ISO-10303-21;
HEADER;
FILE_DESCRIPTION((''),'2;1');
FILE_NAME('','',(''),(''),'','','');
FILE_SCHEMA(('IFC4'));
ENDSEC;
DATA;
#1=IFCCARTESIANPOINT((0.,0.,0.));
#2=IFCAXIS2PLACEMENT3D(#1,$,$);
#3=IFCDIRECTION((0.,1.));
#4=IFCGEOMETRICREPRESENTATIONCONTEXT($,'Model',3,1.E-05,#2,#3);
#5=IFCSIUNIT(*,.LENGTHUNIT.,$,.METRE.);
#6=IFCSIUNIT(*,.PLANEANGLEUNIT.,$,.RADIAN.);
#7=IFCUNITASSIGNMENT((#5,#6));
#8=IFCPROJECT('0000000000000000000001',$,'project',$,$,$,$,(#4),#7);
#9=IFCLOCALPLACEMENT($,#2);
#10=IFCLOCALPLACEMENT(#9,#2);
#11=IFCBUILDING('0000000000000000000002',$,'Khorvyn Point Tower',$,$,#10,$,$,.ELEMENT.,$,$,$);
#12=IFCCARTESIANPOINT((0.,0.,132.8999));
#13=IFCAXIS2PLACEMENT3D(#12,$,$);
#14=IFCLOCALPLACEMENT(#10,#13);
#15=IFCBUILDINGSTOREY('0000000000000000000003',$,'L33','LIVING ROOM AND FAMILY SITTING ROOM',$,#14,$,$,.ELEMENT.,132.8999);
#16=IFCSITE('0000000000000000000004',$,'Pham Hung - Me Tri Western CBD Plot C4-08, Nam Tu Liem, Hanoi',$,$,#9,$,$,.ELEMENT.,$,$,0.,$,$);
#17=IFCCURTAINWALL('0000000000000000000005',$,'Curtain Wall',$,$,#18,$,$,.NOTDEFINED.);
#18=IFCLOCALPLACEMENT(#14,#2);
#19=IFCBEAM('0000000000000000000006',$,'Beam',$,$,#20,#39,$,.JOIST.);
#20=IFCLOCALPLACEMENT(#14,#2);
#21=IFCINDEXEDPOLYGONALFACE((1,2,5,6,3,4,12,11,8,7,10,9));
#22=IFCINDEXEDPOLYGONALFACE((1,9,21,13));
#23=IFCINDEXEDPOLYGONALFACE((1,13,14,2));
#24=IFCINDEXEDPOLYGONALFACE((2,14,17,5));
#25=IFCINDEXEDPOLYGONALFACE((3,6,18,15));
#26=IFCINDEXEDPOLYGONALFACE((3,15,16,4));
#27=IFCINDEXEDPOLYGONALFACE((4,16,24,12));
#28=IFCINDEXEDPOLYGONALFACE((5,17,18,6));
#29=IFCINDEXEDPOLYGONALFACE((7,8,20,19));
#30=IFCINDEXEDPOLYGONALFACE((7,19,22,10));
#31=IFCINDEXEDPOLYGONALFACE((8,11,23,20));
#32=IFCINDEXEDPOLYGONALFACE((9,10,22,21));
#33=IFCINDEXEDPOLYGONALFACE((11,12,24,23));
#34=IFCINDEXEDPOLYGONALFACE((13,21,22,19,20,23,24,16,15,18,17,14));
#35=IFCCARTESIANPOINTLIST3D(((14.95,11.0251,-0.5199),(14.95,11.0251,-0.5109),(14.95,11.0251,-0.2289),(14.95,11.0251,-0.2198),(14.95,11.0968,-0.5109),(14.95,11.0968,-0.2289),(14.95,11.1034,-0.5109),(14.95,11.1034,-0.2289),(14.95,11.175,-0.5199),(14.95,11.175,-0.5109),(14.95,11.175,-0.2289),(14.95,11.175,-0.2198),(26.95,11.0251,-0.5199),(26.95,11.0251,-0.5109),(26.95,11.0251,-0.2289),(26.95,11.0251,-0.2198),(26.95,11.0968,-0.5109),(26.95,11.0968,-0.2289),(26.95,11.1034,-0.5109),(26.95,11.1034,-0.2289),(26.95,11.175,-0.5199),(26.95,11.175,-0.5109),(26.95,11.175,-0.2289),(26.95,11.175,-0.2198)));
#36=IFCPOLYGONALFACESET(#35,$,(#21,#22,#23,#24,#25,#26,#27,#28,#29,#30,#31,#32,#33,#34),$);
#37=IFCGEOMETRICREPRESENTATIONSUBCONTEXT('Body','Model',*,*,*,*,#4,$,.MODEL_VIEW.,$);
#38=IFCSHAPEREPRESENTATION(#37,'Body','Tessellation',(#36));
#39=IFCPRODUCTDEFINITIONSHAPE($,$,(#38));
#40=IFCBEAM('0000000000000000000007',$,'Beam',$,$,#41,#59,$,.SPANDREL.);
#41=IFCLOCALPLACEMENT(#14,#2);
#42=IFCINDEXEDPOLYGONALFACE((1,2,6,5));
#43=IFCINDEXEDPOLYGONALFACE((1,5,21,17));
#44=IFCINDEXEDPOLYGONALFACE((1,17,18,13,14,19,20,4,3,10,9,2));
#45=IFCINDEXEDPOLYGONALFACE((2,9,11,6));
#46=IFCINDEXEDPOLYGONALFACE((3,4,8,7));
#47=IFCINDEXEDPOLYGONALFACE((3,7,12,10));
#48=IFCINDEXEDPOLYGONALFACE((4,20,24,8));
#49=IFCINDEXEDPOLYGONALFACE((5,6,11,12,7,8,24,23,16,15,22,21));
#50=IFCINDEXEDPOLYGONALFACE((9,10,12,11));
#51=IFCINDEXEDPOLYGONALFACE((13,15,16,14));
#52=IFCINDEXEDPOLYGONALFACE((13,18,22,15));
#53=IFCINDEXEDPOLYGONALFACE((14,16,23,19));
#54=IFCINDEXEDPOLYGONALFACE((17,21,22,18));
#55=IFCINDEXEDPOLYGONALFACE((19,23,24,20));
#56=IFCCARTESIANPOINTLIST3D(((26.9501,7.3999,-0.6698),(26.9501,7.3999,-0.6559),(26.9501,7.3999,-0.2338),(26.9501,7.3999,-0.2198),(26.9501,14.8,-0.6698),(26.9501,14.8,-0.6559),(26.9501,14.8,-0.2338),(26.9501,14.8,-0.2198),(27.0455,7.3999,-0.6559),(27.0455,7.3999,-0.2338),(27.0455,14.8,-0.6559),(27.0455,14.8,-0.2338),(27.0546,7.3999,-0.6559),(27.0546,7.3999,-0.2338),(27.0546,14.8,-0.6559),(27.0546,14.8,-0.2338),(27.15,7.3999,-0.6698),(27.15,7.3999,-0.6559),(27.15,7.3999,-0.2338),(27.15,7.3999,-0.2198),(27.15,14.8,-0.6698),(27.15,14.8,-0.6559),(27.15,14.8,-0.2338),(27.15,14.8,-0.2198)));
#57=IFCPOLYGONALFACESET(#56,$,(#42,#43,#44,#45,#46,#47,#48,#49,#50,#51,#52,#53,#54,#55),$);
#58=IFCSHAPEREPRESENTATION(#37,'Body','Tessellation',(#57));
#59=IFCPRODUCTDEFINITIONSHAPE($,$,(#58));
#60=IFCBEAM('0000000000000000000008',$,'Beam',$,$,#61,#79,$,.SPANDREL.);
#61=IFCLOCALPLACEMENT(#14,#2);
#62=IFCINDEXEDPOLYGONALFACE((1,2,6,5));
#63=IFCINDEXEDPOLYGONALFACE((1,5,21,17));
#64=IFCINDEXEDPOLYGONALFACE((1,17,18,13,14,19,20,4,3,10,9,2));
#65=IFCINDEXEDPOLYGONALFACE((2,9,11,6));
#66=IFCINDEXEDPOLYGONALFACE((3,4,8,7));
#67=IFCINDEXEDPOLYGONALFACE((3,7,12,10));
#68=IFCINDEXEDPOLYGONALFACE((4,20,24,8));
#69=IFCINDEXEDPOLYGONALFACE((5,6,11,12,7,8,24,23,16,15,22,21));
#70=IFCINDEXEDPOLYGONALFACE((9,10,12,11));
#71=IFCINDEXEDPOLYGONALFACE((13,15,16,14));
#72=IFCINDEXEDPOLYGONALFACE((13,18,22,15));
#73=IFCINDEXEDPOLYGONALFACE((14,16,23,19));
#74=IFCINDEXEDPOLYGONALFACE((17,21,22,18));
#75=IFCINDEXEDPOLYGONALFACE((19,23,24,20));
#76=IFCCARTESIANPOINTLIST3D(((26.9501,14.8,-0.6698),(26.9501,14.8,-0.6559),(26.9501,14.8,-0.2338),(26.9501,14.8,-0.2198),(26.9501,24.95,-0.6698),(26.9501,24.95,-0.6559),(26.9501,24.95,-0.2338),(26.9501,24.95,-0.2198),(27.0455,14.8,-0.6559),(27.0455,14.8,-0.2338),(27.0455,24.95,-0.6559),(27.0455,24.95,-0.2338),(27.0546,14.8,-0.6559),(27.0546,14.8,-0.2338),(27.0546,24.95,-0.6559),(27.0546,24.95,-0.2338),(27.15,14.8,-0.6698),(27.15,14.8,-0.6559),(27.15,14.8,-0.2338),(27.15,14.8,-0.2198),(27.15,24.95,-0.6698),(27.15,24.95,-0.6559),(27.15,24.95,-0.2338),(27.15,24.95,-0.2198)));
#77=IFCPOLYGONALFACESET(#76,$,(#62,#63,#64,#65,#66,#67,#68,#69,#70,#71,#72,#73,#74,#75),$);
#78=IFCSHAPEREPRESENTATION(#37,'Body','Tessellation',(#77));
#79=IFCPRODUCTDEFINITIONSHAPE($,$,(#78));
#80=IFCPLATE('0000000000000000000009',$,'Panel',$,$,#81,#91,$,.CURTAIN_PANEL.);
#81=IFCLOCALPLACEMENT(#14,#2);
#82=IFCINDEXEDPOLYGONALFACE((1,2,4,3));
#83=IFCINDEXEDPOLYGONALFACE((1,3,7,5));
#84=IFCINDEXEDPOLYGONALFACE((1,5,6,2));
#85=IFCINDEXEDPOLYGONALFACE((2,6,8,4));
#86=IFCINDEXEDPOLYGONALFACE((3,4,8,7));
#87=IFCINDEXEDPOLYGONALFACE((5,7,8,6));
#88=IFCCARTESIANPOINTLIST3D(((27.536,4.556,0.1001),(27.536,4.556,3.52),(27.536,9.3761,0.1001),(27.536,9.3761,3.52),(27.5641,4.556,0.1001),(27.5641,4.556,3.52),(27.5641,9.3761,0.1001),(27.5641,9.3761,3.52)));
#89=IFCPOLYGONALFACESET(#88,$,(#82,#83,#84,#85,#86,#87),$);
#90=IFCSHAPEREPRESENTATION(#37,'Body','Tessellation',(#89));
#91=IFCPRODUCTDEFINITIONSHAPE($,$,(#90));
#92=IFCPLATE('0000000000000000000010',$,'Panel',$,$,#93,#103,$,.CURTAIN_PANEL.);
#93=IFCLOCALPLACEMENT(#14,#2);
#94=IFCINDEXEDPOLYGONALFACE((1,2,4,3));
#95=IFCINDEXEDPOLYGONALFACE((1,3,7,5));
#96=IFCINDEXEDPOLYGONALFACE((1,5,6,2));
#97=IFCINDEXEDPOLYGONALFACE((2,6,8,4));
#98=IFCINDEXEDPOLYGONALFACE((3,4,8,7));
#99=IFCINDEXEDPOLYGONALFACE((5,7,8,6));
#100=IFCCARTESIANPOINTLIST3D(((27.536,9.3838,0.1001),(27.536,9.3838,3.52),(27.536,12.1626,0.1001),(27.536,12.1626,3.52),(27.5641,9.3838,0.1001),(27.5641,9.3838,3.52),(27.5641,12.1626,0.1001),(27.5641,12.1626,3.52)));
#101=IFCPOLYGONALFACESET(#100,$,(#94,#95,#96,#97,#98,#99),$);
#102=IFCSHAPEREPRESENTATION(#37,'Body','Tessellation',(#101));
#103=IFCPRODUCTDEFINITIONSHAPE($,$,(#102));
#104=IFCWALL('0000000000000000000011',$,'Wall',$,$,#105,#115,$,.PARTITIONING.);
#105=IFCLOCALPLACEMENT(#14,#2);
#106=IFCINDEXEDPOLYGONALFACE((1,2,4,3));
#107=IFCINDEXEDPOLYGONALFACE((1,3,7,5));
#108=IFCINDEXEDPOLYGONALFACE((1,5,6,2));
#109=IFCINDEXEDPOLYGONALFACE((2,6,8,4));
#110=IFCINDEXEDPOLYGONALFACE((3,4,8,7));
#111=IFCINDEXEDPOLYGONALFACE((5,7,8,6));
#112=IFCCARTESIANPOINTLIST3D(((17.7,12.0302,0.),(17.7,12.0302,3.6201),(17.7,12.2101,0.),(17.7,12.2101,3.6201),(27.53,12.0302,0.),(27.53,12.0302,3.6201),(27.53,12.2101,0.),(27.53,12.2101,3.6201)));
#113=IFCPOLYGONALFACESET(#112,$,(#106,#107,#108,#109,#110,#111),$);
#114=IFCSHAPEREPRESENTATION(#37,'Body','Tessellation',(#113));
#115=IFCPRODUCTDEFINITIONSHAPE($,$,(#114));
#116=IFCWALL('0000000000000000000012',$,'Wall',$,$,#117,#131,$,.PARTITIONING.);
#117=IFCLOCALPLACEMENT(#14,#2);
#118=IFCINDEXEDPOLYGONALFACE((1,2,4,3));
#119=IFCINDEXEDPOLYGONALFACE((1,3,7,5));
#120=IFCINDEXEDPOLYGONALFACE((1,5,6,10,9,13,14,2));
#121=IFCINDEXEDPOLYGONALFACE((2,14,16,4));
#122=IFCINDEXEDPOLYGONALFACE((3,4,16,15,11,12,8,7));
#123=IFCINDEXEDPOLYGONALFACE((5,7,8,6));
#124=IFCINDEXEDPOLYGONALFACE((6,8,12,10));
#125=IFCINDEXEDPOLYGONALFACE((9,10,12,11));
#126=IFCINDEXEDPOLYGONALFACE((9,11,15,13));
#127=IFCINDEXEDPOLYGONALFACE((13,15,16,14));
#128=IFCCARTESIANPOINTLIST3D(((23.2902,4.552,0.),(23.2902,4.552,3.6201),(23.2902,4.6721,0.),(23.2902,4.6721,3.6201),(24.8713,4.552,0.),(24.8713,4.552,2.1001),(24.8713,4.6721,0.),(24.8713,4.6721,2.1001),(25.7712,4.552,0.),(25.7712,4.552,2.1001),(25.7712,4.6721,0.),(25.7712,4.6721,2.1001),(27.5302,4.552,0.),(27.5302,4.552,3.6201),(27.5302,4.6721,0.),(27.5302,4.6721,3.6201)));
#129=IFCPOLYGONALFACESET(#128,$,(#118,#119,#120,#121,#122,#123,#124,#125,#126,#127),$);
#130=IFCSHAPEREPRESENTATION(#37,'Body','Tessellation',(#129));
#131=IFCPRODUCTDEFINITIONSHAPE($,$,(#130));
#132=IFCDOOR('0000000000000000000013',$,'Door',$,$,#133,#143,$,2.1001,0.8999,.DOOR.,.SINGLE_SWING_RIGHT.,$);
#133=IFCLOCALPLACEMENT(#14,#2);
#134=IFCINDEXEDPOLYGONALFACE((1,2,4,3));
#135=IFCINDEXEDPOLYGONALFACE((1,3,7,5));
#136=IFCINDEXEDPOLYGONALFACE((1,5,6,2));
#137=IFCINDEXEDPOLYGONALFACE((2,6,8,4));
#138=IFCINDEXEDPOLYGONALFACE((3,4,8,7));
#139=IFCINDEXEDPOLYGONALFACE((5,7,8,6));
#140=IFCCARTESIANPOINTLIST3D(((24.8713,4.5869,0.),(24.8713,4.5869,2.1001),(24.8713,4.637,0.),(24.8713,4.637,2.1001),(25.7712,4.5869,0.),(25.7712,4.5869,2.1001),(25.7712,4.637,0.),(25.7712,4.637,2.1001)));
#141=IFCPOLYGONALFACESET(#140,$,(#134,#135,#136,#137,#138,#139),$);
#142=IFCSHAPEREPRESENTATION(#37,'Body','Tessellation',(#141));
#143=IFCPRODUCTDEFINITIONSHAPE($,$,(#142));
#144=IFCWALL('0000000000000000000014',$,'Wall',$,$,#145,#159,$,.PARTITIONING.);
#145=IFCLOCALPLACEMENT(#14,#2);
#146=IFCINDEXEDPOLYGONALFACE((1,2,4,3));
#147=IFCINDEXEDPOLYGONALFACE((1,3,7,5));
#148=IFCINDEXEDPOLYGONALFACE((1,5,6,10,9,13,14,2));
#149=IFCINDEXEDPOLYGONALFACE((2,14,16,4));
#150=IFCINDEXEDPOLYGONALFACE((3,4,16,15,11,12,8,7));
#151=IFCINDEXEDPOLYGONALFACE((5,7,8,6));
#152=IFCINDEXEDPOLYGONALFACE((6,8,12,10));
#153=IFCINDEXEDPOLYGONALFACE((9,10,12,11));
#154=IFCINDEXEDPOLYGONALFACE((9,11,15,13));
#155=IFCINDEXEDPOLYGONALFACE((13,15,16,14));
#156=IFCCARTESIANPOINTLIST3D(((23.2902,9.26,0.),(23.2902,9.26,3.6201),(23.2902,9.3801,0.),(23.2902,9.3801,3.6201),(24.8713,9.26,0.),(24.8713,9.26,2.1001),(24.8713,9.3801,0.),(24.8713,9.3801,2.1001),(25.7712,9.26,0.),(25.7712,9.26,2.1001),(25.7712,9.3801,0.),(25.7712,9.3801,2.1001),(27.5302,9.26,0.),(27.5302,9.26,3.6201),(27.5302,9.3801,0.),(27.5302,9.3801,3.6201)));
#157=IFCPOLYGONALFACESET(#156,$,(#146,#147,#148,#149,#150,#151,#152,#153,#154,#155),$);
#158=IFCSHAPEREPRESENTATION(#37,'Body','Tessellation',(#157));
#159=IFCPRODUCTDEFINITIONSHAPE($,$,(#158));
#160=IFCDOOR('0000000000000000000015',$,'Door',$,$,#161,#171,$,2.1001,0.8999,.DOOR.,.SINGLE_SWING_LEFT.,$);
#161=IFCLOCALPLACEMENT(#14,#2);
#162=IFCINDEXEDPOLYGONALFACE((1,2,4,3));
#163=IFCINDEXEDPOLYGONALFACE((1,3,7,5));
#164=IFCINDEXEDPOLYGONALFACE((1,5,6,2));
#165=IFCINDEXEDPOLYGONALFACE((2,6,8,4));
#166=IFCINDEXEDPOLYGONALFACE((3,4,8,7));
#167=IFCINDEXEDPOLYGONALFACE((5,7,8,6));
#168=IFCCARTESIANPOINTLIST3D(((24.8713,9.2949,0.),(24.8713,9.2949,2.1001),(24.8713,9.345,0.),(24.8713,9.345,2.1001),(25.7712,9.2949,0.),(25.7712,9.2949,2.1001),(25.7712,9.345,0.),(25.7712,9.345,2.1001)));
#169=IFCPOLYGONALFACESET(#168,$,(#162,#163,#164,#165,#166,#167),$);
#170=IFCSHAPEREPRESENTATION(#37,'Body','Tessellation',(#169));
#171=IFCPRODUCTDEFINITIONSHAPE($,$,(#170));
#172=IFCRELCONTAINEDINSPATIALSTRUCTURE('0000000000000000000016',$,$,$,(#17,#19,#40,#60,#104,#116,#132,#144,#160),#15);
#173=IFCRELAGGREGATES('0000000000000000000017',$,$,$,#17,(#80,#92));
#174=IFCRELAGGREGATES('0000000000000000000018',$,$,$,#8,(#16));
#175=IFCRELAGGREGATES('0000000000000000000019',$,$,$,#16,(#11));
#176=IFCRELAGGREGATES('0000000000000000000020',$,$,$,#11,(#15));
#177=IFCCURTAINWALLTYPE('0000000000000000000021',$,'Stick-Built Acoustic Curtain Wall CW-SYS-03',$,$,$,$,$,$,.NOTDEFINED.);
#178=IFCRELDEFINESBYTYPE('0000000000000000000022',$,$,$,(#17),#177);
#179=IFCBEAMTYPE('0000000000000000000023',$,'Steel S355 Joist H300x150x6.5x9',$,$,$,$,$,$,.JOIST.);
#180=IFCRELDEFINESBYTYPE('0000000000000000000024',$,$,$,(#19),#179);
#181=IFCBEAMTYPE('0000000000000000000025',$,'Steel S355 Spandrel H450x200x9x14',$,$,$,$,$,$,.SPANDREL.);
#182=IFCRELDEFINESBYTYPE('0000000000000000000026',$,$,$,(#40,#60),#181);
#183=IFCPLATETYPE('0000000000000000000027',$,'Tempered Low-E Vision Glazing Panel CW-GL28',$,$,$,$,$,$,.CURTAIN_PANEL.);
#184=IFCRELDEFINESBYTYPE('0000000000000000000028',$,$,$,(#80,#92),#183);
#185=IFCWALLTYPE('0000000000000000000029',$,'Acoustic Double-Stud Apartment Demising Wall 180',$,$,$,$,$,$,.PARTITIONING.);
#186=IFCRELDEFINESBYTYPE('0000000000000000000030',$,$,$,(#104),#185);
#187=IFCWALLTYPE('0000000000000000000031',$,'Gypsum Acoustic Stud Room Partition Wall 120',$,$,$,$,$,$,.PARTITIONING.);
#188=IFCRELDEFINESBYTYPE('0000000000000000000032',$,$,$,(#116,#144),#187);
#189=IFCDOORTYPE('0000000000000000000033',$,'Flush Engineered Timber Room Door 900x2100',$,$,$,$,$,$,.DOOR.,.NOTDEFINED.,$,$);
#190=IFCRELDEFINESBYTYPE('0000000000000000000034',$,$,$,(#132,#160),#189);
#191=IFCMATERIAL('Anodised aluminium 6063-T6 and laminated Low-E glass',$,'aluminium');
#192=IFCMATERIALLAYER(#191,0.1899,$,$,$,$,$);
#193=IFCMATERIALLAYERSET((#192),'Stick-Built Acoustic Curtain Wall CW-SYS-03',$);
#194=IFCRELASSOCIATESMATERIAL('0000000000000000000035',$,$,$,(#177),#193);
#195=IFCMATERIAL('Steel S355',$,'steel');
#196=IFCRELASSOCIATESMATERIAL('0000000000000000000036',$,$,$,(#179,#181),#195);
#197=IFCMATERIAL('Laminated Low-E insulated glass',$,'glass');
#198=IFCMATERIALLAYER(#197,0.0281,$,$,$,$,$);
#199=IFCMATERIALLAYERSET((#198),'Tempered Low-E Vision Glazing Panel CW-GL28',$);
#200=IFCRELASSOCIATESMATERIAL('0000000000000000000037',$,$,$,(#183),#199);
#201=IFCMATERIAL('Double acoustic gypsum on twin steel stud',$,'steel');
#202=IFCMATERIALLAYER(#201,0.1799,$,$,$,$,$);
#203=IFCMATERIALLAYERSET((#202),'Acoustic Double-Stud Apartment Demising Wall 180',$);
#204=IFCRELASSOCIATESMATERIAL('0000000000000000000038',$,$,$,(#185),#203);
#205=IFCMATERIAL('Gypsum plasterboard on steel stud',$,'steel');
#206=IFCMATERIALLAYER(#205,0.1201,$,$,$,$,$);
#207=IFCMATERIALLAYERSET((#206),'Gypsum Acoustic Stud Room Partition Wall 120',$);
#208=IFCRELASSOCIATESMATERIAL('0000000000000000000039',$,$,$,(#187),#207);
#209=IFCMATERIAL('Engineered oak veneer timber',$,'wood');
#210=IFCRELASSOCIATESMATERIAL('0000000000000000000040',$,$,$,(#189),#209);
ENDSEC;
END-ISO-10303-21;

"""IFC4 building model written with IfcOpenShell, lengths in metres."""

from ifc_helpers import new_model, si_unit, direction, frame, frame_2d, origin, origin_2d, place, context, subcontext, project, spatial, rectangle, i_section, extrude, material, layer, layer_set, material_profile, profile_set, type_object, element, fill, aggregate, save


model = new_model("IFC4")

# Units and contexts
model_context = context("Model", 3, precision=1e-05, world=origin(), true_north=direction((0.0, 1.0)))
body_context = subcontext(model_context, "Body", "Model", "MODEL_VIEW")
ifc_project = project(units=[si_unit("LENGTHUNIT", "METRE"), si_unit("PLANEANGLEUNIT", "RADIAN")], contexts=[model_context])

# Site, building, storey
site_placement = place(None, origin())
site = spatial("IfcSite", under=ifc_project, at=site_placement, Name="Pham Hung - Me Tri Western CBD Plot C4-08, Nam Tu Liem, Hanoi", CompositionType="ELEMENT", RefElevation=0.0)
building_placement = place(site_placement, origin())
building = spatial("IfcBuilding", under=site, at=building_placement, Name="Khorvyn Point Tower", CompositionType="ELEMENT")
storey_placement = place(building_placement, frame((0.0, 0.0, 132.8999)))
storey = spatial("IfcBuildingStorey", under=building, at=storey_placement, Name="L33", Description="LIVING ROOM AND FAMILY SITTING ROOM", CompositionType="ELEMENT", Elevation=132.8999)

# Curtain wall
ifc_material_1 = material(Name="Anodised aluminium 6063-T6 and laminated Low-E glass", Category="aluminium")
ifc_layer_1 = layer(ifc_material_1, 0.1899)
ifc_layer_set_1 = layer_set([ifc_layer_1], Name="Stick-Built Acoustic Curtain Wall CW-SYS-03")
curtain_wall_type = type_object("IfcCurtainWallType", Name="Stick-Built Acoustic Curtain Wall CW-SYS-03", PredefinedType="NOTDEFINED", material=ifc_layer_set_1)
curtain_wall_placement = place(storey_placement, origin())
curtain_wall = element("IfcCurtainWall", 1, at=curtain_wall_placement, inside=storey, type_object=curtain_wall_type, Name="Curtain Wall", PredefinedType="NOTDEFINED")

# Beams
ifc_material_2 = material(Name="Steel S355", Category="steel")
ifc_material_profile_1 = material_profile(ifc_material_2, i_section(OverallWidth=0.1499, OverallDepth=0.3, WebThickness=0.0066, FlangeThickness=0.009, at=origin_2d()))
ifc_profile_set_1 = profile_set([ifc_material_profile_1], Name="Steel S355 H300x150x6.5x9")
beam_type_1 = type_object("IfcBeamType", Name="Steel S355 Joist H300x150x6.5x9", PredefinedType="JOIST", material=ifc_profile_set_1)
beam_1_placement = place(storey_placement, frame((14.95, 11.1001, -0.3699), z_axis=(1.0, 0.0, 0.0), x_axis=(0.0, 1.0, 0.0)))
element("IfcBeam", 2, at=beam_1_placement, inside=storey, type_object=beam_type_1, Name="Beam", PredefinedType="JOIST", context=body_context, shape_type="SweptSolid", body=[
    extrude(i_section(OverallWidth=0.1499, OverallDepth=0.3, WebThickness=0.0066, FlangeThickness=0.009, at=origin_2d()), origin(), (0.0, 0.0, 1.0), 12.0),
])
ifc_material_profile_2 = material_profile(ifc_material_2, i_section(OverallWidth=0.2, OverallDepth=0.45, WebThickness=0.009, FlangeThickness=0.0139, at=origin_2d()))
ifc_profile_set_2 = profile_set([ifc_material_profile_2], Name="Steel S355 H450x200x9x14")
beam_type_2 = type_object("IfcBeamType", Name="Steel S355 Spandrel H450x200x9x14", PredefinedType="SPANDREL", material=ifc_profile_set_2)
beam_2_placement = place(storey_placement, frame((27.05, 7.3999, -0.4448), z_axis=(0.0, 1.0, 0.0), x_axis=(-1.0, 0.0, 0.0)))
element("IfcBeam", 3, at=beam_2_placement, inside=storey, type_object=beam_type_2, Name="Beam", PredefinedType="SPANDREL", context=body_context, shape_type="SweptSolid", body=[
    extrude(i_section(OverallWidth=0.2, OverallDepth=0.45, WebThickness=0.009, FlangeThickness=0.0139, at=origin_2d()), origin(), (0.0, 0.0, 1.0), 7.4001),
])
beam_3_placement = place(storey_placement, frame((27.05, 14.8, -0.4448), z_axis=(0.0, 1.0, 0.0), x_axis=(-1.0, 0.0, 0.0)))
element("IfcBeam", 4, at=beam_3_placement, inside=storey, type_object=beam_type_2, Name="Beam", PredefinedType="SPANDREL", context=body_context, shape_type="SweptSolid", body=[
    extrude(i_section(OverallWidth=0.2, OverallDepth=0.45, WebThickness=0.009, FlangeThickness=0.0139, at=origin_2d()), origin(), (0.0, 0.0, 1.0), 10.1499),
])

# Plates
ifc_material_3 = material(Name="Laminated Low-E insulated glass", Category="glass")
ifc_layer_2 = layer(ifc_material_3, 0.0281)
ifc_layer_set_2 = layer_set([ifc_layer_2], Name="Tempered Low-E Vision Glazing Panel CW-GL28")
plate_type = type_object("IfcPlateType", Name="Tempered Low-E Vision Glazing Panel CW-GL28", PredefinedType="CURTAIN_PANEL", material=ifc_layer_set_2)
plate_1_placement = place(storey_placement, frame((27.55, 6.9661, 0.1001), z_axis=(0.0, 0.0, 1.0), x_axis=(0.0, -1.0, 0.0)))
plate_1 = element("IfcPlate", 5, at=plate_1_placement, type_object=plate_type, Name="Panel", PredefinedType="CURTAIN_PANEL", context=body_context, shape_type="SweptSolid", body=[
    extrude(rectangle(XDim=4.8201, YDim=0.0281, at=origin_2d()), origin(), (0.0, 0.0, 1.0), 3.4199),
])
plate_2_placement = place(storey_placement, frame((27.55, 10.7732, 0.1001), z_axis=(0.0, 0.0, 1.0), x_axis=(0.0, -1.0, 0.0)))
plate_2 = element("IfcPlate", 6, at=plate_2_placement, type_object=plate_type, Name="Panel", PredefinedType="CURTAIN_PANEL", context=body_context, shape_type="SweptSolid", body=[
    extrude(rectangle(XDim=2.7788, YDim=0.0281, at=origin_2d()), origin(), (0.0, 0.0, 1.0), 3.4199),
])
aggregate(curtain_wall, [plate_1, plate_2])

# Wall
ifc_material_4 = material(Name="Double acoustic gypsum on twin steel stud", Category="steel")
ifc_layer_3 = layer(ifc_material_4, 0.1799)
ifc_layer_set_3 = layer_set([ifc_layer_3], Name="Acoustic Double-Stud Apartment Demising Wall 180")
wall_type_1 = type_object("IfcWallType", Name="Acoustic Double-Stud Apartment Demising Wall 180", PredefinedType="PARTITIONING", material=ifc_layer_set_3)
wall_1_placement = place(storey_placement, frame((17.7, 12.1201, 0.0), z_axis=(0.0, 0.0, 1.0), x_axis=(1.0, 0.0, 0.0)))
element("IfcWall", 7, at=wall_1_placement, inside=storey, type_object=wall_type_1, Name="Wall", PredefinedType="PARTITIONING", context=body_context, shape_type="SweptSolid", body=[
    extrude(rectangle(XDim=9.8301, YDim=0.1799, at=frame_2d((4.915, 0.0))), origin(), (0.0, 0.0, 1.0), 3.6201),
])

# Walls, openings, doors
ifc_material_5 = material(Name="Gypsum plasterboard on steel stud", Category="steel")
ifc_layer_4 = layer(ifc_material_5, 0.1201)
ifc_layer_set_4 = layer_set([ifc_layer_4], Name="Gypsum Acoustic Stud Room Partition Wall 120")
wall_type_2 = type_object("IfcWallType", Name="Gypsum Acoustic Stud Room Partition Wall 120", PredefinedType="PARTITIONING", material=ifc_layer_set_4)
wall_2_placement = place(storey_placement, frame((23.29, 4.6121, 0.0), z_axis=(0.0, 0.0, 1.0), x_axis=(1.0, 0.0, 0.0)))
wall_2 = element("IfcWall", 8, at=wall_2_placement, inside=storey, type_object=wall_type_2, Name="Wall", PredefinedType="PARTITIONING", context=body_context, shape_type="SweptSolid", body=[
    extrude(rectangle(XDim=4.24, YDim=0.1201, at=frame_2d((2.1201, 0.0))), origin(), (0.0, 0.0, 1.0), 3.6201),
])
opening_1_placement = place(wall_2_placement, frame((1.5813, 0.0, 0.0)))
opening_1 = element("IfcOpeningElement", 9, at=opening_1_placement, cuts=wall_2, PredefinedType="OPENING", context=body_context, shape_type="SweptSolid", body=[
    extrude(rectangle(XDim=0.8999, YDim=2.1001, at=frame_2d((0.45, 1.05))), frame((0.0, 0.0701, 0.0), z_axis=(0.0, -1.0, 0.0), x_axis=(1.0, 0.0, 0.0)), (0.0, 0.0, 1.0), 0.1401),
])
ifc_material_6 = material(Name="Engineered oak veneer timber", Category="wood")
door_type_1 = type_object("IfcDoorType", Name="Flush Engineered Timber Room Door 900x2100", OperationType="NOTDEFINED", PredefinedType="DOOR", material=ifc_material_6)
door_1_placement = place(opening_1_placement, origin())
door_1 = element("IfcDoor", 10, at=door_1_placement, inside=storey, type_object=door_type_1, Name="Door", OperationType="SINGLE_SWING_RIGHT", OverallHeight=2.1001, OverallWidth=0.8999, PredefinedType="DOOR", context=body_context, shape_type="SweptSolid", body=[
    extrude(rectangle(XDim=0.8999, YDim=2.1001, at=frame_2d((0.45, 1.05))), frame((0.0, 0.0249, 0.0), z_axis=(0.0, -1.0, 0.0), x_axis=(1.0, 0.0, 0.0)), (0.0, 0.0, 1.0), 0.05),
])
fill(opening_1, door_1)
wall_3_placement = place(storey_placement, frame((23.29, 9.3201, 0.0), z_axis=(0.0, 0.0, 1.0), x_axis=(1.0, 0.0, 0.0)))
wall_3 = element("IfcWall", 11, at=wall_3_placement, inside=storey, type_object=wall_type_2, Name="Wall", PredefinedType="PARTITIONING", context=body_context, shape_type="SweptSolid", body=[
    extrude(rectangle(XDim=4.24, YDim=0.1201, at=frame_2d((2.1201, 0.0))), origin(), (0.0, 0.0, 1.0), 3.6201),
])
opening_2_placement = place(wall_3_placement, frame((1.5813, 0.0, 0.0)))
opening_2 = element("IfcOpeningElement", 12, at=opening_2_placement, cuts=wall_3, PredefinedType="OPENING", context=body_context, shape_type="SweptSolid", body=[
    extrude(rectangle(XDim=0.8999, YDim=2.1001, at=frame_2d((0.45, 1.05))), frame((0.0, 0.0701, 0.0), z_axis=(0.0, -1.0, 0.0), x_axis=(1.0, 0.0, 0.0)), (0.0, 0.0, 1.0), 0.1401),
])
door_2_placement = place(opening_2_placement, origin())
door_2 = element("IfcDoor", 13, at=door_2_placement, inside=storey, type_object=door_type_1, Name="Door", OperationType="SINGLE_SWING_LEFT", OverallHeight=2.1001, OverallWidth=0.8999, PredefinedType="DOOR", context=body_context, shape_type="SweptSolid", body=[
    extrude(rectangle(XDim=0.8999, YDim=2.1001, at=frame_2d((0.45, 1.05))), frame((0.0, 0.0249, 0.0), z_axis=(0.0, -1.0, 0.0), x_axis=(1.0, 0.0, 0.0)), (0.0, 0.0, 1.0), 0.05),
])
fill(opening_2, door_2)

save(model, "model.ifc")
